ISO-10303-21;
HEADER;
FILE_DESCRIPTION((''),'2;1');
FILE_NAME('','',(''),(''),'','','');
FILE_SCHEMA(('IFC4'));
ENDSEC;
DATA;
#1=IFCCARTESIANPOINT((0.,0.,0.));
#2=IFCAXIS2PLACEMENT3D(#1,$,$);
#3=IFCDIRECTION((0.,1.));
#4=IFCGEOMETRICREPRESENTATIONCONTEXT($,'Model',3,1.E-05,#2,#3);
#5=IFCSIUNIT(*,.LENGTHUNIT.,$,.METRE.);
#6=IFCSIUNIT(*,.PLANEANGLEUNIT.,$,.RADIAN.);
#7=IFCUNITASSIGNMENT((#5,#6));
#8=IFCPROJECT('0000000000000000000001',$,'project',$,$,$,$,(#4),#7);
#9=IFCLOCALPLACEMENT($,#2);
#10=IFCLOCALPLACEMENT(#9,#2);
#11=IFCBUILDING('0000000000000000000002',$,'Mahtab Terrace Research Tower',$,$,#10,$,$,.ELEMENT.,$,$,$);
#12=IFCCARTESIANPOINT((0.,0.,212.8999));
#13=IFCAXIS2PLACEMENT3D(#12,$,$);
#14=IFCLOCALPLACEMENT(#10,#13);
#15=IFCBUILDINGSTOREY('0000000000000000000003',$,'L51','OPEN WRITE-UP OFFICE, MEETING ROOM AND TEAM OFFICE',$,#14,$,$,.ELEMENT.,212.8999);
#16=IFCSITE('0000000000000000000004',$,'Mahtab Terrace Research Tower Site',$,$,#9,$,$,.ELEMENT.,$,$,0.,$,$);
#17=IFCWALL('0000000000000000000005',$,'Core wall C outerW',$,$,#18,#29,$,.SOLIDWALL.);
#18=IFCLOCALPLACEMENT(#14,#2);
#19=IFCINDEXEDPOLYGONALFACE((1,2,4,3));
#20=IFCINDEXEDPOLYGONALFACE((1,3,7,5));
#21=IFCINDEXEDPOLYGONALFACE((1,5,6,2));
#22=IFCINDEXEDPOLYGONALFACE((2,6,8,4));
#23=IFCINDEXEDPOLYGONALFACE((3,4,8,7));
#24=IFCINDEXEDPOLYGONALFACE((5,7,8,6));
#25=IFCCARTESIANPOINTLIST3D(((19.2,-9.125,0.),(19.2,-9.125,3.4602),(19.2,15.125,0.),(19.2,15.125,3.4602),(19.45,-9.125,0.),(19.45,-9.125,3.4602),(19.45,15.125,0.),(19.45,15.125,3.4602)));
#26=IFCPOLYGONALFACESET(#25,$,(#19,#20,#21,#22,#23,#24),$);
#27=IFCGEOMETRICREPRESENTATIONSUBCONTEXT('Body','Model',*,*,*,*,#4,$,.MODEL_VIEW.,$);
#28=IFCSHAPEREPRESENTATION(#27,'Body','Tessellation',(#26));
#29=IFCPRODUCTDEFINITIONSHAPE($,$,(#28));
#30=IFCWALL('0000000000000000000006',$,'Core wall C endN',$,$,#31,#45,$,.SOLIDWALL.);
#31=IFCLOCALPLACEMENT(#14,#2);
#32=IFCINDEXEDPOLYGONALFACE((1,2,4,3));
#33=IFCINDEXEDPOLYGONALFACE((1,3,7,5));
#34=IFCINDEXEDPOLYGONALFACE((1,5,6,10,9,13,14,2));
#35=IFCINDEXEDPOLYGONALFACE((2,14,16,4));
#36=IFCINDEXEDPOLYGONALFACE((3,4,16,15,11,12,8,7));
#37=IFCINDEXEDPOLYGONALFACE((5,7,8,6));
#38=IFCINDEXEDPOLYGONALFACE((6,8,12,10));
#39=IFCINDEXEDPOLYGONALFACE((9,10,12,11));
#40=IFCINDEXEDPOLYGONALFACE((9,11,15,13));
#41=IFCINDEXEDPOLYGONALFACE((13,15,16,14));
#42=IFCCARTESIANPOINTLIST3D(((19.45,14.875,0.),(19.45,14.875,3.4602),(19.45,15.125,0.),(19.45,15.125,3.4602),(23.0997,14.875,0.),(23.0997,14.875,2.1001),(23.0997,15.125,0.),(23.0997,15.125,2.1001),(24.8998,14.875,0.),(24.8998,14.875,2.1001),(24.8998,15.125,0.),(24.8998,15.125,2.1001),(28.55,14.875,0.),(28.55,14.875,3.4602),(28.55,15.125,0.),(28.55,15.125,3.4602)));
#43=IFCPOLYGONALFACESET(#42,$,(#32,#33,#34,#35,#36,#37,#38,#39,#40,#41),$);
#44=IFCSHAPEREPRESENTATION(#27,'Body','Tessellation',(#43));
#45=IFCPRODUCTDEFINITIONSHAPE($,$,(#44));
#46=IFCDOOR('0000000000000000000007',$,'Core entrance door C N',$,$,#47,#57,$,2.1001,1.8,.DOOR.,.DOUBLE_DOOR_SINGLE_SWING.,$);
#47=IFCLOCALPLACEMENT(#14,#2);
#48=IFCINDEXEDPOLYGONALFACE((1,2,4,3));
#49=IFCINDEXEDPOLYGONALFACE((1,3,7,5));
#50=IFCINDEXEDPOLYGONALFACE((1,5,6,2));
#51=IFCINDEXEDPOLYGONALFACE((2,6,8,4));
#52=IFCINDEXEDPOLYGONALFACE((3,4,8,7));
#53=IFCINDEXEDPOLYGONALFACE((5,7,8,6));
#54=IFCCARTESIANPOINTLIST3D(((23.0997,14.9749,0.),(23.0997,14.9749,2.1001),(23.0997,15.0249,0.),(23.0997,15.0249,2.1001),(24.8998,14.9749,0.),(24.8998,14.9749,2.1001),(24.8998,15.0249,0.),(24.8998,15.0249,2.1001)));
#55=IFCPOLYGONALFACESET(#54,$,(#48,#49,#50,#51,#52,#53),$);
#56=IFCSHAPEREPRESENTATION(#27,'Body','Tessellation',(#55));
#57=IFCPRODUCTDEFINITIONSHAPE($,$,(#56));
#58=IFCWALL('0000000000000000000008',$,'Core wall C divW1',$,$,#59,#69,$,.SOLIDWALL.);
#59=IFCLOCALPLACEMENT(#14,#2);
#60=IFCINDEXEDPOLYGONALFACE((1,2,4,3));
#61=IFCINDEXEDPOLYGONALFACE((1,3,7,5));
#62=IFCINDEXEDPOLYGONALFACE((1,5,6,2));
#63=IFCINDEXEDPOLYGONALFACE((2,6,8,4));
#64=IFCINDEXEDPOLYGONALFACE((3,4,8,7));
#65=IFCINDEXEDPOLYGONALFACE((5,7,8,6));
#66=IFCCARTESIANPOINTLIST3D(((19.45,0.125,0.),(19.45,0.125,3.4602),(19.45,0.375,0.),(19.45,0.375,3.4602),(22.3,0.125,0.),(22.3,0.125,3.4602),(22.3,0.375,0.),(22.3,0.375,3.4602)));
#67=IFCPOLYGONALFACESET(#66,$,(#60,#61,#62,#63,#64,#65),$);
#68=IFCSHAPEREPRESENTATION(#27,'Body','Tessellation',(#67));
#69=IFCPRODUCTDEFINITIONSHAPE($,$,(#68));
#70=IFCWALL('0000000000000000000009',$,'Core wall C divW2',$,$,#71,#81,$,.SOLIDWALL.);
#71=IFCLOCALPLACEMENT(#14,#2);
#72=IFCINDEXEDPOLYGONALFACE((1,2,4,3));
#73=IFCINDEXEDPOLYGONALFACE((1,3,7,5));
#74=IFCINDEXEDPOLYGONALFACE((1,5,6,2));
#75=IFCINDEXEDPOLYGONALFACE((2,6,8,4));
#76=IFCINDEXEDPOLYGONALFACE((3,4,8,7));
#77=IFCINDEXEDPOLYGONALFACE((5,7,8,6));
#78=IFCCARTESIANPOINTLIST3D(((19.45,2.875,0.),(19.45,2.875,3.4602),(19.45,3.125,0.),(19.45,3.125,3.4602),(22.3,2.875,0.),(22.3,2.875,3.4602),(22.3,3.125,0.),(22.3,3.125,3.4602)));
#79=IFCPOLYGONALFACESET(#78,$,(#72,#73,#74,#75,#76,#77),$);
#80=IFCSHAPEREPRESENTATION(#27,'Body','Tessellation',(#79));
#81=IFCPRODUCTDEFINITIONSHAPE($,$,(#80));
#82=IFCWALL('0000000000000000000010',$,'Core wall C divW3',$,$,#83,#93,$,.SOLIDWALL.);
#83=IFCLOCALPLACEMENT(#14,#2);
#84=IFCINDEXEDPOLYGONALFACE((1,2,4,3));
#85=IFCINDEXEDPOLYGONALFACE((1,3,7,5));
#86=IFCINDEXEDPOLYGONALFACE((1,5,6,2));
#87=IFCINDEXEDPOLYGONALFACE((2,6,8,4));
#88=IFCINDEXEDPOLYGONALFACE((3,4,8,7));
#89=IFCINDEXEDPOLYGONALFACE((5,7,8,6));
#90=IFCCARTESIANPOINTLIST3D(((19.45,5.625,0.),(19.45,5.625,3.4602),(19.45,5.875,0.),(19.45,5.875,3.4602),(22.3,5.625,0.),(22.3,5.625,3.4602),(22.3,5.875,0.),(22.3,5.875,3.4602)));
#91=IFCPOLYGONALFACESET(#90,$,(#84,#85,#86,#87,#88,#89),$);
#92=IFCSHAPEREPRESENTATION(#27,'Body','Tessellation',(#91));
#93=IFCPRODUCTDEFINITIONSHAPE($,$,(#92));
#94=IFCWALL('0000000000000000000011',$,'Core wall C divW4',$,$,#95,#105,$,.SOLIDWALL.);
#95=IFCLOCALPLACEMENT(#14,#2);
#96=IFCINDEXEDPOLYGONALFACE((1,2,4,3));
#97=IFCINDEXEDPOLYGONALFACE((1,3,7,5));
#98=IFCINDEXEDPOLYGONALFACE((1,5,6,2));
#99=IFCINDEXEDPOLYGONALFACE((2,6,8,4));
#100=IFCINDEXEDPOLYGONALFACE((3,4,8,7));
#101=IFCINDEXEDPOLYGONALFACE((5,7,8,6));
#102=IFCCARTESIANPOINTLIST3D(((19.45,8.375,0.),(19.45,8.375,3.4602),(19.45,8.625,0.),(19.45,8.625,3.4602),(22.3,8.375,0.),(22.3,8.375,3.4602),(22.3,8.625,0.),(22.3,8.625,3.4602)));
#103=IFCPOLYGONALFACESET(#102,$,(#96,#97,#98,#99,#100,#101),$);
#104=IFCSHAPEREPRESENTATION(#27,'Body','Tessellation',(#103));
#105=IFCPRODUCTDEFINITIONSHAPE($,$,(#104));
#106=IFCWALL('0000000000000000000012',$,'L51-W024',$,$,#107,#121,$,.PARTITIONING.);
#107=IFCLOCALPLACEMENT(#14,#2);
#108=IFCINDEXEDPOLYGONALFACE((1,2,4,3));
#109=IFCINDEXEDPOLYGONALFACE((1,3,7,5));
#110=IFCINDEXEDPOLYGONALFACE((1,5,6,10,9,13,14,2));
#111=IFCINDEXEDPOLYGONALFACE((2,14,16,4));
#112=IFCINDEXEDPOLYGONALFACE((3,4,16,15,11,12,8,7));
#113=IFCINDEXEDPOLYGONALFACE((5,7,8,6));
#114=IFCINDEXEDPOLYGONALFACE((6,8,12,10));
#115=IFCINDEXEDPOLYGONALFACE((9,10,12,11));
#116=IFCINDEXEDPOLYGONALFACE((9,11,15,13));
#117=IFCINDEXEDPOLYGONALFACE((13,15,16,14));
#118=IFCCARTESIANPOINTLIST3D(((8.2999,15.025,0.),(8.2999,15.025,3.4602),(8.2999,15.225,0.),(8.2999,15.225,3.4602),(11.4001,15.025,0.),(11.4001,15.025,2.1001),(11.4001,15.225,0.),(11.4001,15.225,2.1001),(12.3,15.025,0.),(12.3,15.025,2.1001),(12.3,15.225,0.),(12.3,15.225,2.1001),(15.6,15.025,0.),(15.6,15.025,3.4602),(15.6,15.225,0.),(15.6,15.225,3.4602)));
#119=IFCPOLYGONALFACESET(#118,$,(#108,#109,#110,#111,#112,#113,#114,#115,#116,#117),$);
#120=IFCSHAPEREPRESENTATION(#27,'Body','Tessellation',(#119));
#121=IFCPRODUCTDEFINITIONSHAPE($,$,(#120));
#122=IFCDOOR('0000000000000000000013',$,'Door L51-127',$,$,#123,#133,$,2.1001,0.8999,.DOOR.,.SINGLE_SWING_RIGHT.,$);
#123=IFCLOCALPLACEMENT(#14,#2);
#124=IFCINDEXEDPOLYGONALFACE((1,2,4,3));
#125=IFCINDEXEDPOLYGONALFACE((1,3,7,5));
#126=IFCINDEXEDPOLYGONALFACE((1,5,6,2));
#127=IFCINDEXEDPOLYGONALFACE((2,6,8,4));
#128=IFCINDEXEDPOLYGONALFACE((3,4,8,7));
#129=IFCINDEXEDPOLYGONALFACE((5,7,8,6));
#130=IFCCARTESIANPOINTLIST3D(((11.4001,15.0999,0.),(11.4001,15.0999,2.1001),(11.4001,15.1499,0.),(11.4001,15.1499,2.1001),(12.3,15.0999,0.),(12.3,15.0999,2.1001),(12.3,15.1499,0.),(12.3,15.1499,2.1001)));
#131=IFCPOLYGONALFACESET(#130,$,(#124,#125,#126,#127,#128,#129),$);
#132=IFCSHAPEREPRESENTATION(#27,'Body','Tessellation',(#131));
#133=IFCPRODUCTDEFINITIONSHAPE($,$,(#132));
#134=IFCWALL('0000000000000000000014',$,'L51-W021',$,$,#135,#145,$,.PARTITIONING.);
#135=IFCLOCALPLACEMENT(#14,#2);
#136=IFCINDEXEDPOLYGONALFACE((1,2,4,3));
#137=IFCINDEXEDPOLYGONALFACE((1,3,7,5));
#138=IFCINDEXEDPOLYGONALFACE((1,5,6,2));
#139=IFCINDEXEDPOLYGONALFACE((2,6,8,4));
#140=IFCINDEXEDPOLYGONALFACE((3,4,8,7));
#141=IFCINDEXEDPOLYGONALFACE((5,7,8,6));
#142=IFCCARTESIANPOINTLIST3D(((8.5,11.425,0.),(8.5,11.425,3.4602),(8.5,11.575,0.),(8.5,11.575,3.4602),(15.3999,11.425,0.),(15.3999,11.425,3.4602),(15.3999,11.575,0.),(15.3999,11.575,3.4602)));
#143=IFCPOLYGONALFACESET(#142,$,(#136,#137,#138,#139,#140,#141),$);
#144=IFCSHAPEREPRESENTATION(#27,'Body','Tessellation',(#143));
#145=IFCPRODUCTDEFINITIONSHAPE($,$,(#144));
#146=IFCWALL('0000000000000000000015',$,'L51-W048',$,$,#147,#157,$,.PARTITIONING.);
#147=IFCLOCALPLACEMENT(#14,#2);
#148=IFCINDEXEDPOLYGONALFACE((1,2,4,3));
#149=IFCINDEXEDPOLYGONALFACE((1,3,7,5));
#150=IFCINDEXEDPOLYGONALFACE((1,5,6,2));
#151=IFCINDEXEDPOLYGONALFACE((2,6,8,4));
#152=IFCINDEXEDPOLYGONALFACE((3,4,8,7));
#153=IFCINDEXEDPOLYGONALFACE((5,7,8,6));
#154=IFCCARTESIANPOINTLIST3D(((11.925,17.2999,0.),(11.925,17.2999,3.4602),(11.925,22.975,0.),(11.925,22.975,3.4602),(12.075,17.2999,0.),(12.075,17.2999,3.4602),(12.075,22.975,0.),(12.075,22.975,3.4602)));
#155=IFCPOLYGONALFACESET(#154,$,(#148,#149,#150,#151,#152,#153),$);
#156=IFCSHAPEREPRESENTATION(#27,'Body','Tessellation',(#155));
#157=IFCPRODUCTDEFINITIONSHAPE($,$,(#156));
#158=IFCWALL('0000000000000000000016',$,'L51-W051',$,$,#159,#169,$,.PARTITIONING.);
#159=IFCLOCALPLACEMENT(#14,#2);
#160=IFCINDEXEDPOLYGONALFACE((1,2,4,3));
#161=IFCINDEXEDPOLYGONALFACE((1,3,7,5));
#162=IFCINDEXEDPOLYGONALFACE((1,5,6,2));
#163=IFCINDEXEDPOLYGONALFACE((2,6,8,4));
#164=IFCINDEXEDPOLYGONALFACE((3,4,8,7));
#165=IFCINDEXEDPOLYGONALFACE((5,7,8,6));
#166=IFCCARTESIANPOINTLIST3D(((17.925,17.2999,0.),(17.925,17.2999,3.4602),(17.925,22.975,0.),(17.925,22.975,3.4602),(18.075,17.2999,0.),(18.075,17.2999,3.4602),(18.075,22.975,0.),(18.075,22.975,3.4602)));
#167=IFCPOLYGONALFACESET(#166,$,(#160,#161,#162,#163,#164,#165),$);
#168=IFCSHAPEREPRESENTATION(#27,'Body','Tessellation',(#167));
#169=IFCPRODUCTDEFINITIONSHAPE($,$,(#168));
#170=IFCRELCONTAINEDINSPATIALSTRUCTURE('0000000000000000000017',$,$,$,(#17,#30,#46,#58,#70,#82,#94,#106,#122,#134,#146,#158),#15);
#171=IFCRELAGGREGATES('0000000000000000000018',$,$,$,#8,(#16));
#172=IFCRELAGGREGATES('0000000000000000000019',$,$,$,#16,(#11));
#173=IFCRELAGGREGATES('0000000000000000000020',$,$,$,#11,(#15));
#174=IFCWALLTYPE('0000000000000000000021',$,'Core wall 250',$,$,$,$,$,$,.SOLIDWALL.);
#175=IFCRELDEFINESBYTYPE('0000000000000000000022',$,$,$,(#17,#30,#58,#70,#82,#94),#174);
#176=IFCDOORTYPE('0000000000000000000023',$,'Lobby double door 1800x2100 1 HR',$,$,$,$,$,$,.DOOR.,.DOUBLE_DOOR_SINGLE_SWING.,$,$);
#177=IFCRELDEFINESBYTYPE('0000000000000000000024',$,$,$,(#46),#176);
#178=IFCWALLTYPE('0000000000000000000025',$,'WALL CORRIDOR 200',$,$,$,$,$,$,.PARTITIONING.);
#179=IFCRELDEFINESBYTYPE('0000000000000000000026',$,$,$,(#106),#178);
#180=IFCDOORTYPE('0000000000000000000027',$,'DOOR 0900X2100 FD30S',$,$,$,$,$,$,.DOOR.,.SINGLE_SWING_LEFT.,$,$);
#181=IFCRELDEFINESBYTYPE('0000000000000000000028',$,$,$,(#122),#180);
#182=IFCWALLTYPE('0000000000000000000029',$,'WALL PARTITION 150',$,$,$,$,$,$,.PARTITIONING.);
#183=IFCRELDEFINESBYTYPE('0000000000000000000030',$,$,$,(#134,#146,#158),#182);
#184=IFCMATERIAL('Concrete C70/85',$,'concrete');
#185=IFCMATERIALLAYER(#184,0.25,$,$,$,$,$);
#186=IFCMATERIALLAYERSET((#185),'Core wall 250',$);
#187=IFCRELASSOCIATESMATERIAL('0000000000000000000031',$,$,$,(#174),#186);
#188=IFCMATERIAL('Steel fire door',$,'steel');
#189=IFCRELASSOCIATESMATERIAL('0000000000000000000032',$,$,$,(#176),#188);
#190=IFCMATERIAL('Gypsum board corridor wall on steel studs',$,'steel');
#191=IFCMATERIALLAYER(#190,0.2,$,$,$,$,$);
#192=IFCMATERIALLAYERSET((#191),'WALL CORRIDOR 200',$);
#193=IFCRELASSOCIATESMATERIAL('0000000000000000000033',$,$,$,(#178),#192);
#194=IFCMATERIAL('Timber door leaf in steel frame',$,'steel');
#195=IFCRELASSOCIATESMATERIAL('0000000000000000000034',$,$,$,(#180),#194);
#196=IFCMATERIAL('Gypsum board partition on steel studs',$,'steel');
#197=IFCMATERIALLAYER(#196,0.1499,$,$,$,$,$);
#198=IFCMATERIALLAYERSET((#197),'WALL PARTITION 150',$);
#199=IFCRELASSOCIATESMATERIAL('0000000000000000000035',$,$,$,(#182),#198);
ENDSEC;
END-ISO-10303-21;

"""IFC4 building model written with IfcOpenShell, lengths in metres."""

from ifc_helpers import new_model, si_unit, direction, frame, frame_2d, origin, place, context, subcontext, project, spatial, rectangle, extrude, material, layer, layer_set, type_object, element, fill, save


model = new_model("IFC4")

# Units and contexts
model_context = context("Model", 3, precision=1e-05, world=origin(), true_north=direction((0.0, 1.0)))
body_context = subcontext(model_context, "Body", "Model", "MODEL_VIEW")
ifc_project = project(units=[si_unit("LENGTHUNIT", "METRE"), si_unit("PLANEANGLEUNIT", "RADIAN")], contexts=[model_context])

# Site, building, storey
site_placement = place(None, origin())
site = spatial("IfcSite", under=ifc_project, at=site_placement, Name="Mahtab Terrace Research Tower Site", CompositionType="ELEMENT", RefElevation=0.0)
building_placement = place(site_placement, origin())
building = spatial("IfcBuilding", under=site, at=building_placement, Name="Mahtab Terrace Research Tower", CompositionType="ELEMENT")
storey_placement = place(building_placement, frame((0.0, 0.0, 212.8999)))
storey = spatial("IfcBuildingStorey", under=building, at=storey_placement, Name="L51", Description="OPEN WRITE-UP OFFICE, MEETING ROOM AND TEAM OFFICE", CompositionType="ELEMENT", Elevation=212.8999)

# Shared definitions
ifc_material_1 = material(Name="Concrete C70/85", Category="concrete")

# Wall
ifc_layer_1 = layer(ifc_material_1, 0.25)
ifc_layer_set_1 = layer_set([ifc_layer_1], Name="Core wall 250")
wall_type_1 = type_object("IfcWallType", Name="Core wall 250", PredefinedType="SOLIDWALL", material=ifc_layer_set_1)
wall_1_placement = place(storey_placement, frame((19.325, 15.125, 0.0), z_axis=(0.0, 0.0, 1.0), x_axis=(0.0, -1.0, 0.0)))
element("IfcWall", 1, at=wall_1_placement, inside=storey, type_object=wall_type_1, Name="Core wall C outerW", PredefinedType="SOLIDWALL", context=body_context, shape_type="SweptSolid", body=[
    extrude(rectangle(XDim=24.25, YDim=0.25, at=frame_2d((12.125, 0.0))), origin(), (0.0, 0.0, 1.0), 3.4602),
])

# Wall, opening, door
wall_2_placement = place(storey_placement, frame((19.45, 15.0, 0.0), z_axis=(0.0, 0.0, 1.0), x_axis=(1.0, 0.0, 0.0)))
wall_2 = element("IfcWall", 2, at=wall_2_placement, inside=storey, type_object=wall_type_1, Name="Core wall C endN", PredefinedType="SOLIDWALL", context=body_context, shape_type="SweptSolid", body=[
    extrude(rectangle(XDim=9.1001, YDim=0.25, at=frame_2d((4.55, 0.0))), origin(), (0.0, 0.0, 1.0), 3.4602),
])
opening_1_placement = place(wall_2_placement, frame((3.6499, 0.0, 0.0)))
opening_1 = element("IfcOpeningElement", 3, at=opening_1_placement, cuts=wall_2, PredefinedType="OPENING", context=body_context, shape_type="SweptSolid", body=[
    extrude(rectangle(XDim=1.8, YDim=2.1001, at=frame_2d((0.8999, 1.05))), frame((0.0, 0.135, 0.0), z_axis=(0.0, -1.0, 0.0), x_axis=(1.0, 0.0, 0.0)), (0.0, 0.0, 1.0), 0.27),
])
ifc_material_2 = material(Name="Steel fire door", Category="steel")
door_type_1 = type_object("IfcDoorType", Name="Lobby double door 1800x2100 1 HR", OperationType="DOUBLE_DOOR_SINGLE_SWING", PredefinedType="DOOR", material=ifc_material_2)
door_1_placement = place(opening_1_placement, origin())
door_1 = element("IfcDoor", 4, at=door_1_placement, inside=storey, type_object=door_type_1, Name="Core entrance door C N", OperationType="DOUBLE_DOOR_SINGLE_SWING", OverallHeight=2.1001, OverallWidth=1.8, PredefinedType="DOOR", context=body_context, shape_type="SweptSolid", body=[
    extrude(rectangle(XDim=1.8, YDim=2.1001, at=frame_2d((0.8999, 1.05))), frame((0.0, 0.0249, 0.0), z_axis=(0.0, -1.0, 0.0), x_axis=(1.0, 0.0, 0.0)), (0.0, 0.0, 1.0), 0.05),
])
fill(opening_1, door_1)

# Walls
for number, where, z_axis, x_axis, name in (
    (5, (19.45, 0.25, 0.0), (0.0, 0.0, 1.0), (1.0, 0.0, 0.0), "Core wall C divW1"),
    (6, (19.45, 3.0, 0.0), (0.0, 0.0, 1.0), (1.0, 0.0, 0.0), "Core wall C divW2"),
    (7, (19.45, 5.75, 0.0), (0.0, 0.0, 1.0), (1.0, 0.0, 0.0), "Core wall C divW3"),
    (8, (19.45, 8.5, 0.0), (0.0, 0.0, 1.0), (1.0, 0.0, 0.0), "Core wall C divW4"),
):
    element("IfcWall", number, at=place(storey_placement, frame(where, z_axis=z_axis, x_axis=x_axis)), inside=storey, type_object=wall_type_1, Name=name, PredefinedType="SOLIDWALL", context=body_context, shape_type="SweptSolid", body=[
        extrude(rectangle(XDim=2.8501, YDim=0.25, at=frame_2d((1.425, 0.0))), origin(), (0.0, 0.0, 1.0), 3.4602),
    ])

# Wall, opening, door
ifc_material_3 = material(Name="Gypsum board corridor wall on steel studs", Category="steel")
ifc_layer_2 = layer(ifc_material_3, 0.2)
ifc_layer_set_2 = layer_set([ifc_layer_2], Name="WALL CORRIDOR 200")
wall_type_2 = type_object("IfcWallType", Name="WALL CORRIDOR 200", PredefinedType="PARTITIONING", material=ifc_layer_set_2)
wall_3_placement = place(storey_placement, frame((8.3, 15.125, 0.0), z_axis=(0.0, 0.0, 1.0), x_axis=(1.0, 0.0, 0.0)))
wall_3 = element("IfcWall", 9, at=wall_3_placement, inside=storey, type_object=wall_type_2, Name="L51-W024", PredefinedType="PARTITIONING", context=body_context, shape_type="SweptSolid", body=[
    extrude(rectangle(XDim=7.3, YDim=0.2, at=frame_2d((3.6499, 0.0))), origin(), (0.0, 0.0, 1.0), 3.4602),
])
opening_2_placement = place(wall_3_placement, frame((3.1001, 0.0, 0.0)))
opening_2 = element("IfcOpeningElement", 10, at=opening_2_placement, cuts=wall_3, PredefinedType="OPENING", context=body_context, shape_type="SweptSolid", body=[
    extrude(rectangle(XDim=0.8999, YDim=2.1001, at=frame_2d((0.45, 1.05))), frame((0.0, 0.1099, 0.0), z_axis=(0.0, -1.0, 0.0), x_axis=(1.0, 0.0, 0.0)), (0.0, 0.0, 1.0), 0.22),
])
ifc_material_4 = material(Name="Timber door leaf in steel frame", Category="steel")
door_type_2 = type_object("IfcDoorType", Name="DOOR 0900X2100 FD30S", OperationType="SINGLE_SWING_LEFT", PredefinedType="DOOR", material=ifc_material_4)
door_2_placement = place(opening_2_placement, origin())
door_2 = element("IfcDoor", 11, at=door_2_placement, inside=storey, type_object=door_type_2, Name="Door L51-127", OperationType="SINGLE_SWING_RIGHT", OverallHeight=2.1001, OverallWidth=0.8999, PredefinedType="DOOR", context=body_context, shape_type="SweptSolid", body=[
    extrude(rectangle(XDim=0.8999, YDim=2.1001, at=frame_2d((0.45, 1.05))), frame((0.0, 0.0249, 0.0), z_axis=(0.0, -1.0, 0.0), x_axis=(1.0, 0.0, 0.0)), (0.0, 0.0, 1.0), 0.05),
])
fill(opening_2, door_2)

# Walls
ifc_material_5 = material(Name="Gypsum board partition on steel studs", Category="steel")
ifc_layer_3 = layer(ifc_material_5, 0.1499)
ifc_layer_set_3 = layer_set([ifc_layer_3], Name="WALL PARTITION 150")
wall_type_3 = type_object("IfcWallType", Name="WALL PARTITION 150", PredefinedType="PARTITIONING", material=ifc_layer_set_3)
wall_4_placement = place(storey_placement, frame((8.5, 11.5, 0.0), z_axis=(0.0, 0.0, 1.0), x_axis=(1.0, 0.0, 0.0)))
element("IfcWall", 12, at=wall_4_placement, inside=storey, type_object=wall_type_3, Name="L51-W021", PredefinedType="PARTITIONING", context=body_context, shape_type="SweptSolid", body=[
    extrude(rectangle(XDim=6.8999, YDim=0.1499, at=frame_2d((3.45, 0.0))), origin(), (0.0, 0.0, 1.0), 3.4602),
])
for number, where, z_axis, x_axis, name in (
    (13, (12.0, 17.3, 0.0), (0.0, 0.0, 1.0), (0.0, 1.0, 0.0), "L51-W048"),
    (14, (18.0, 17.3, 0.0), (0.0, 0.0, 1.0), (0.0, 1.0, 0.0), "L51-W051"),
):
    element("IfcWall", number, at=place(storey_placement, frame(where, z_axis=z_axis, x_axis=x_axis)), inside=storey, type_object=wall_type_3, Name=name, PredefinedType="PARTITIONING", context=body_context, shape_type="SweptSolid", body=[
        extrude(rectangle(XDim=5.675, YDim=0.1499, at=frame_2d((2.8374, 0.0))), origin(), (0.0, 0.0, 1.0), 3.4602),
    ])

save(model, "model.ifc")
